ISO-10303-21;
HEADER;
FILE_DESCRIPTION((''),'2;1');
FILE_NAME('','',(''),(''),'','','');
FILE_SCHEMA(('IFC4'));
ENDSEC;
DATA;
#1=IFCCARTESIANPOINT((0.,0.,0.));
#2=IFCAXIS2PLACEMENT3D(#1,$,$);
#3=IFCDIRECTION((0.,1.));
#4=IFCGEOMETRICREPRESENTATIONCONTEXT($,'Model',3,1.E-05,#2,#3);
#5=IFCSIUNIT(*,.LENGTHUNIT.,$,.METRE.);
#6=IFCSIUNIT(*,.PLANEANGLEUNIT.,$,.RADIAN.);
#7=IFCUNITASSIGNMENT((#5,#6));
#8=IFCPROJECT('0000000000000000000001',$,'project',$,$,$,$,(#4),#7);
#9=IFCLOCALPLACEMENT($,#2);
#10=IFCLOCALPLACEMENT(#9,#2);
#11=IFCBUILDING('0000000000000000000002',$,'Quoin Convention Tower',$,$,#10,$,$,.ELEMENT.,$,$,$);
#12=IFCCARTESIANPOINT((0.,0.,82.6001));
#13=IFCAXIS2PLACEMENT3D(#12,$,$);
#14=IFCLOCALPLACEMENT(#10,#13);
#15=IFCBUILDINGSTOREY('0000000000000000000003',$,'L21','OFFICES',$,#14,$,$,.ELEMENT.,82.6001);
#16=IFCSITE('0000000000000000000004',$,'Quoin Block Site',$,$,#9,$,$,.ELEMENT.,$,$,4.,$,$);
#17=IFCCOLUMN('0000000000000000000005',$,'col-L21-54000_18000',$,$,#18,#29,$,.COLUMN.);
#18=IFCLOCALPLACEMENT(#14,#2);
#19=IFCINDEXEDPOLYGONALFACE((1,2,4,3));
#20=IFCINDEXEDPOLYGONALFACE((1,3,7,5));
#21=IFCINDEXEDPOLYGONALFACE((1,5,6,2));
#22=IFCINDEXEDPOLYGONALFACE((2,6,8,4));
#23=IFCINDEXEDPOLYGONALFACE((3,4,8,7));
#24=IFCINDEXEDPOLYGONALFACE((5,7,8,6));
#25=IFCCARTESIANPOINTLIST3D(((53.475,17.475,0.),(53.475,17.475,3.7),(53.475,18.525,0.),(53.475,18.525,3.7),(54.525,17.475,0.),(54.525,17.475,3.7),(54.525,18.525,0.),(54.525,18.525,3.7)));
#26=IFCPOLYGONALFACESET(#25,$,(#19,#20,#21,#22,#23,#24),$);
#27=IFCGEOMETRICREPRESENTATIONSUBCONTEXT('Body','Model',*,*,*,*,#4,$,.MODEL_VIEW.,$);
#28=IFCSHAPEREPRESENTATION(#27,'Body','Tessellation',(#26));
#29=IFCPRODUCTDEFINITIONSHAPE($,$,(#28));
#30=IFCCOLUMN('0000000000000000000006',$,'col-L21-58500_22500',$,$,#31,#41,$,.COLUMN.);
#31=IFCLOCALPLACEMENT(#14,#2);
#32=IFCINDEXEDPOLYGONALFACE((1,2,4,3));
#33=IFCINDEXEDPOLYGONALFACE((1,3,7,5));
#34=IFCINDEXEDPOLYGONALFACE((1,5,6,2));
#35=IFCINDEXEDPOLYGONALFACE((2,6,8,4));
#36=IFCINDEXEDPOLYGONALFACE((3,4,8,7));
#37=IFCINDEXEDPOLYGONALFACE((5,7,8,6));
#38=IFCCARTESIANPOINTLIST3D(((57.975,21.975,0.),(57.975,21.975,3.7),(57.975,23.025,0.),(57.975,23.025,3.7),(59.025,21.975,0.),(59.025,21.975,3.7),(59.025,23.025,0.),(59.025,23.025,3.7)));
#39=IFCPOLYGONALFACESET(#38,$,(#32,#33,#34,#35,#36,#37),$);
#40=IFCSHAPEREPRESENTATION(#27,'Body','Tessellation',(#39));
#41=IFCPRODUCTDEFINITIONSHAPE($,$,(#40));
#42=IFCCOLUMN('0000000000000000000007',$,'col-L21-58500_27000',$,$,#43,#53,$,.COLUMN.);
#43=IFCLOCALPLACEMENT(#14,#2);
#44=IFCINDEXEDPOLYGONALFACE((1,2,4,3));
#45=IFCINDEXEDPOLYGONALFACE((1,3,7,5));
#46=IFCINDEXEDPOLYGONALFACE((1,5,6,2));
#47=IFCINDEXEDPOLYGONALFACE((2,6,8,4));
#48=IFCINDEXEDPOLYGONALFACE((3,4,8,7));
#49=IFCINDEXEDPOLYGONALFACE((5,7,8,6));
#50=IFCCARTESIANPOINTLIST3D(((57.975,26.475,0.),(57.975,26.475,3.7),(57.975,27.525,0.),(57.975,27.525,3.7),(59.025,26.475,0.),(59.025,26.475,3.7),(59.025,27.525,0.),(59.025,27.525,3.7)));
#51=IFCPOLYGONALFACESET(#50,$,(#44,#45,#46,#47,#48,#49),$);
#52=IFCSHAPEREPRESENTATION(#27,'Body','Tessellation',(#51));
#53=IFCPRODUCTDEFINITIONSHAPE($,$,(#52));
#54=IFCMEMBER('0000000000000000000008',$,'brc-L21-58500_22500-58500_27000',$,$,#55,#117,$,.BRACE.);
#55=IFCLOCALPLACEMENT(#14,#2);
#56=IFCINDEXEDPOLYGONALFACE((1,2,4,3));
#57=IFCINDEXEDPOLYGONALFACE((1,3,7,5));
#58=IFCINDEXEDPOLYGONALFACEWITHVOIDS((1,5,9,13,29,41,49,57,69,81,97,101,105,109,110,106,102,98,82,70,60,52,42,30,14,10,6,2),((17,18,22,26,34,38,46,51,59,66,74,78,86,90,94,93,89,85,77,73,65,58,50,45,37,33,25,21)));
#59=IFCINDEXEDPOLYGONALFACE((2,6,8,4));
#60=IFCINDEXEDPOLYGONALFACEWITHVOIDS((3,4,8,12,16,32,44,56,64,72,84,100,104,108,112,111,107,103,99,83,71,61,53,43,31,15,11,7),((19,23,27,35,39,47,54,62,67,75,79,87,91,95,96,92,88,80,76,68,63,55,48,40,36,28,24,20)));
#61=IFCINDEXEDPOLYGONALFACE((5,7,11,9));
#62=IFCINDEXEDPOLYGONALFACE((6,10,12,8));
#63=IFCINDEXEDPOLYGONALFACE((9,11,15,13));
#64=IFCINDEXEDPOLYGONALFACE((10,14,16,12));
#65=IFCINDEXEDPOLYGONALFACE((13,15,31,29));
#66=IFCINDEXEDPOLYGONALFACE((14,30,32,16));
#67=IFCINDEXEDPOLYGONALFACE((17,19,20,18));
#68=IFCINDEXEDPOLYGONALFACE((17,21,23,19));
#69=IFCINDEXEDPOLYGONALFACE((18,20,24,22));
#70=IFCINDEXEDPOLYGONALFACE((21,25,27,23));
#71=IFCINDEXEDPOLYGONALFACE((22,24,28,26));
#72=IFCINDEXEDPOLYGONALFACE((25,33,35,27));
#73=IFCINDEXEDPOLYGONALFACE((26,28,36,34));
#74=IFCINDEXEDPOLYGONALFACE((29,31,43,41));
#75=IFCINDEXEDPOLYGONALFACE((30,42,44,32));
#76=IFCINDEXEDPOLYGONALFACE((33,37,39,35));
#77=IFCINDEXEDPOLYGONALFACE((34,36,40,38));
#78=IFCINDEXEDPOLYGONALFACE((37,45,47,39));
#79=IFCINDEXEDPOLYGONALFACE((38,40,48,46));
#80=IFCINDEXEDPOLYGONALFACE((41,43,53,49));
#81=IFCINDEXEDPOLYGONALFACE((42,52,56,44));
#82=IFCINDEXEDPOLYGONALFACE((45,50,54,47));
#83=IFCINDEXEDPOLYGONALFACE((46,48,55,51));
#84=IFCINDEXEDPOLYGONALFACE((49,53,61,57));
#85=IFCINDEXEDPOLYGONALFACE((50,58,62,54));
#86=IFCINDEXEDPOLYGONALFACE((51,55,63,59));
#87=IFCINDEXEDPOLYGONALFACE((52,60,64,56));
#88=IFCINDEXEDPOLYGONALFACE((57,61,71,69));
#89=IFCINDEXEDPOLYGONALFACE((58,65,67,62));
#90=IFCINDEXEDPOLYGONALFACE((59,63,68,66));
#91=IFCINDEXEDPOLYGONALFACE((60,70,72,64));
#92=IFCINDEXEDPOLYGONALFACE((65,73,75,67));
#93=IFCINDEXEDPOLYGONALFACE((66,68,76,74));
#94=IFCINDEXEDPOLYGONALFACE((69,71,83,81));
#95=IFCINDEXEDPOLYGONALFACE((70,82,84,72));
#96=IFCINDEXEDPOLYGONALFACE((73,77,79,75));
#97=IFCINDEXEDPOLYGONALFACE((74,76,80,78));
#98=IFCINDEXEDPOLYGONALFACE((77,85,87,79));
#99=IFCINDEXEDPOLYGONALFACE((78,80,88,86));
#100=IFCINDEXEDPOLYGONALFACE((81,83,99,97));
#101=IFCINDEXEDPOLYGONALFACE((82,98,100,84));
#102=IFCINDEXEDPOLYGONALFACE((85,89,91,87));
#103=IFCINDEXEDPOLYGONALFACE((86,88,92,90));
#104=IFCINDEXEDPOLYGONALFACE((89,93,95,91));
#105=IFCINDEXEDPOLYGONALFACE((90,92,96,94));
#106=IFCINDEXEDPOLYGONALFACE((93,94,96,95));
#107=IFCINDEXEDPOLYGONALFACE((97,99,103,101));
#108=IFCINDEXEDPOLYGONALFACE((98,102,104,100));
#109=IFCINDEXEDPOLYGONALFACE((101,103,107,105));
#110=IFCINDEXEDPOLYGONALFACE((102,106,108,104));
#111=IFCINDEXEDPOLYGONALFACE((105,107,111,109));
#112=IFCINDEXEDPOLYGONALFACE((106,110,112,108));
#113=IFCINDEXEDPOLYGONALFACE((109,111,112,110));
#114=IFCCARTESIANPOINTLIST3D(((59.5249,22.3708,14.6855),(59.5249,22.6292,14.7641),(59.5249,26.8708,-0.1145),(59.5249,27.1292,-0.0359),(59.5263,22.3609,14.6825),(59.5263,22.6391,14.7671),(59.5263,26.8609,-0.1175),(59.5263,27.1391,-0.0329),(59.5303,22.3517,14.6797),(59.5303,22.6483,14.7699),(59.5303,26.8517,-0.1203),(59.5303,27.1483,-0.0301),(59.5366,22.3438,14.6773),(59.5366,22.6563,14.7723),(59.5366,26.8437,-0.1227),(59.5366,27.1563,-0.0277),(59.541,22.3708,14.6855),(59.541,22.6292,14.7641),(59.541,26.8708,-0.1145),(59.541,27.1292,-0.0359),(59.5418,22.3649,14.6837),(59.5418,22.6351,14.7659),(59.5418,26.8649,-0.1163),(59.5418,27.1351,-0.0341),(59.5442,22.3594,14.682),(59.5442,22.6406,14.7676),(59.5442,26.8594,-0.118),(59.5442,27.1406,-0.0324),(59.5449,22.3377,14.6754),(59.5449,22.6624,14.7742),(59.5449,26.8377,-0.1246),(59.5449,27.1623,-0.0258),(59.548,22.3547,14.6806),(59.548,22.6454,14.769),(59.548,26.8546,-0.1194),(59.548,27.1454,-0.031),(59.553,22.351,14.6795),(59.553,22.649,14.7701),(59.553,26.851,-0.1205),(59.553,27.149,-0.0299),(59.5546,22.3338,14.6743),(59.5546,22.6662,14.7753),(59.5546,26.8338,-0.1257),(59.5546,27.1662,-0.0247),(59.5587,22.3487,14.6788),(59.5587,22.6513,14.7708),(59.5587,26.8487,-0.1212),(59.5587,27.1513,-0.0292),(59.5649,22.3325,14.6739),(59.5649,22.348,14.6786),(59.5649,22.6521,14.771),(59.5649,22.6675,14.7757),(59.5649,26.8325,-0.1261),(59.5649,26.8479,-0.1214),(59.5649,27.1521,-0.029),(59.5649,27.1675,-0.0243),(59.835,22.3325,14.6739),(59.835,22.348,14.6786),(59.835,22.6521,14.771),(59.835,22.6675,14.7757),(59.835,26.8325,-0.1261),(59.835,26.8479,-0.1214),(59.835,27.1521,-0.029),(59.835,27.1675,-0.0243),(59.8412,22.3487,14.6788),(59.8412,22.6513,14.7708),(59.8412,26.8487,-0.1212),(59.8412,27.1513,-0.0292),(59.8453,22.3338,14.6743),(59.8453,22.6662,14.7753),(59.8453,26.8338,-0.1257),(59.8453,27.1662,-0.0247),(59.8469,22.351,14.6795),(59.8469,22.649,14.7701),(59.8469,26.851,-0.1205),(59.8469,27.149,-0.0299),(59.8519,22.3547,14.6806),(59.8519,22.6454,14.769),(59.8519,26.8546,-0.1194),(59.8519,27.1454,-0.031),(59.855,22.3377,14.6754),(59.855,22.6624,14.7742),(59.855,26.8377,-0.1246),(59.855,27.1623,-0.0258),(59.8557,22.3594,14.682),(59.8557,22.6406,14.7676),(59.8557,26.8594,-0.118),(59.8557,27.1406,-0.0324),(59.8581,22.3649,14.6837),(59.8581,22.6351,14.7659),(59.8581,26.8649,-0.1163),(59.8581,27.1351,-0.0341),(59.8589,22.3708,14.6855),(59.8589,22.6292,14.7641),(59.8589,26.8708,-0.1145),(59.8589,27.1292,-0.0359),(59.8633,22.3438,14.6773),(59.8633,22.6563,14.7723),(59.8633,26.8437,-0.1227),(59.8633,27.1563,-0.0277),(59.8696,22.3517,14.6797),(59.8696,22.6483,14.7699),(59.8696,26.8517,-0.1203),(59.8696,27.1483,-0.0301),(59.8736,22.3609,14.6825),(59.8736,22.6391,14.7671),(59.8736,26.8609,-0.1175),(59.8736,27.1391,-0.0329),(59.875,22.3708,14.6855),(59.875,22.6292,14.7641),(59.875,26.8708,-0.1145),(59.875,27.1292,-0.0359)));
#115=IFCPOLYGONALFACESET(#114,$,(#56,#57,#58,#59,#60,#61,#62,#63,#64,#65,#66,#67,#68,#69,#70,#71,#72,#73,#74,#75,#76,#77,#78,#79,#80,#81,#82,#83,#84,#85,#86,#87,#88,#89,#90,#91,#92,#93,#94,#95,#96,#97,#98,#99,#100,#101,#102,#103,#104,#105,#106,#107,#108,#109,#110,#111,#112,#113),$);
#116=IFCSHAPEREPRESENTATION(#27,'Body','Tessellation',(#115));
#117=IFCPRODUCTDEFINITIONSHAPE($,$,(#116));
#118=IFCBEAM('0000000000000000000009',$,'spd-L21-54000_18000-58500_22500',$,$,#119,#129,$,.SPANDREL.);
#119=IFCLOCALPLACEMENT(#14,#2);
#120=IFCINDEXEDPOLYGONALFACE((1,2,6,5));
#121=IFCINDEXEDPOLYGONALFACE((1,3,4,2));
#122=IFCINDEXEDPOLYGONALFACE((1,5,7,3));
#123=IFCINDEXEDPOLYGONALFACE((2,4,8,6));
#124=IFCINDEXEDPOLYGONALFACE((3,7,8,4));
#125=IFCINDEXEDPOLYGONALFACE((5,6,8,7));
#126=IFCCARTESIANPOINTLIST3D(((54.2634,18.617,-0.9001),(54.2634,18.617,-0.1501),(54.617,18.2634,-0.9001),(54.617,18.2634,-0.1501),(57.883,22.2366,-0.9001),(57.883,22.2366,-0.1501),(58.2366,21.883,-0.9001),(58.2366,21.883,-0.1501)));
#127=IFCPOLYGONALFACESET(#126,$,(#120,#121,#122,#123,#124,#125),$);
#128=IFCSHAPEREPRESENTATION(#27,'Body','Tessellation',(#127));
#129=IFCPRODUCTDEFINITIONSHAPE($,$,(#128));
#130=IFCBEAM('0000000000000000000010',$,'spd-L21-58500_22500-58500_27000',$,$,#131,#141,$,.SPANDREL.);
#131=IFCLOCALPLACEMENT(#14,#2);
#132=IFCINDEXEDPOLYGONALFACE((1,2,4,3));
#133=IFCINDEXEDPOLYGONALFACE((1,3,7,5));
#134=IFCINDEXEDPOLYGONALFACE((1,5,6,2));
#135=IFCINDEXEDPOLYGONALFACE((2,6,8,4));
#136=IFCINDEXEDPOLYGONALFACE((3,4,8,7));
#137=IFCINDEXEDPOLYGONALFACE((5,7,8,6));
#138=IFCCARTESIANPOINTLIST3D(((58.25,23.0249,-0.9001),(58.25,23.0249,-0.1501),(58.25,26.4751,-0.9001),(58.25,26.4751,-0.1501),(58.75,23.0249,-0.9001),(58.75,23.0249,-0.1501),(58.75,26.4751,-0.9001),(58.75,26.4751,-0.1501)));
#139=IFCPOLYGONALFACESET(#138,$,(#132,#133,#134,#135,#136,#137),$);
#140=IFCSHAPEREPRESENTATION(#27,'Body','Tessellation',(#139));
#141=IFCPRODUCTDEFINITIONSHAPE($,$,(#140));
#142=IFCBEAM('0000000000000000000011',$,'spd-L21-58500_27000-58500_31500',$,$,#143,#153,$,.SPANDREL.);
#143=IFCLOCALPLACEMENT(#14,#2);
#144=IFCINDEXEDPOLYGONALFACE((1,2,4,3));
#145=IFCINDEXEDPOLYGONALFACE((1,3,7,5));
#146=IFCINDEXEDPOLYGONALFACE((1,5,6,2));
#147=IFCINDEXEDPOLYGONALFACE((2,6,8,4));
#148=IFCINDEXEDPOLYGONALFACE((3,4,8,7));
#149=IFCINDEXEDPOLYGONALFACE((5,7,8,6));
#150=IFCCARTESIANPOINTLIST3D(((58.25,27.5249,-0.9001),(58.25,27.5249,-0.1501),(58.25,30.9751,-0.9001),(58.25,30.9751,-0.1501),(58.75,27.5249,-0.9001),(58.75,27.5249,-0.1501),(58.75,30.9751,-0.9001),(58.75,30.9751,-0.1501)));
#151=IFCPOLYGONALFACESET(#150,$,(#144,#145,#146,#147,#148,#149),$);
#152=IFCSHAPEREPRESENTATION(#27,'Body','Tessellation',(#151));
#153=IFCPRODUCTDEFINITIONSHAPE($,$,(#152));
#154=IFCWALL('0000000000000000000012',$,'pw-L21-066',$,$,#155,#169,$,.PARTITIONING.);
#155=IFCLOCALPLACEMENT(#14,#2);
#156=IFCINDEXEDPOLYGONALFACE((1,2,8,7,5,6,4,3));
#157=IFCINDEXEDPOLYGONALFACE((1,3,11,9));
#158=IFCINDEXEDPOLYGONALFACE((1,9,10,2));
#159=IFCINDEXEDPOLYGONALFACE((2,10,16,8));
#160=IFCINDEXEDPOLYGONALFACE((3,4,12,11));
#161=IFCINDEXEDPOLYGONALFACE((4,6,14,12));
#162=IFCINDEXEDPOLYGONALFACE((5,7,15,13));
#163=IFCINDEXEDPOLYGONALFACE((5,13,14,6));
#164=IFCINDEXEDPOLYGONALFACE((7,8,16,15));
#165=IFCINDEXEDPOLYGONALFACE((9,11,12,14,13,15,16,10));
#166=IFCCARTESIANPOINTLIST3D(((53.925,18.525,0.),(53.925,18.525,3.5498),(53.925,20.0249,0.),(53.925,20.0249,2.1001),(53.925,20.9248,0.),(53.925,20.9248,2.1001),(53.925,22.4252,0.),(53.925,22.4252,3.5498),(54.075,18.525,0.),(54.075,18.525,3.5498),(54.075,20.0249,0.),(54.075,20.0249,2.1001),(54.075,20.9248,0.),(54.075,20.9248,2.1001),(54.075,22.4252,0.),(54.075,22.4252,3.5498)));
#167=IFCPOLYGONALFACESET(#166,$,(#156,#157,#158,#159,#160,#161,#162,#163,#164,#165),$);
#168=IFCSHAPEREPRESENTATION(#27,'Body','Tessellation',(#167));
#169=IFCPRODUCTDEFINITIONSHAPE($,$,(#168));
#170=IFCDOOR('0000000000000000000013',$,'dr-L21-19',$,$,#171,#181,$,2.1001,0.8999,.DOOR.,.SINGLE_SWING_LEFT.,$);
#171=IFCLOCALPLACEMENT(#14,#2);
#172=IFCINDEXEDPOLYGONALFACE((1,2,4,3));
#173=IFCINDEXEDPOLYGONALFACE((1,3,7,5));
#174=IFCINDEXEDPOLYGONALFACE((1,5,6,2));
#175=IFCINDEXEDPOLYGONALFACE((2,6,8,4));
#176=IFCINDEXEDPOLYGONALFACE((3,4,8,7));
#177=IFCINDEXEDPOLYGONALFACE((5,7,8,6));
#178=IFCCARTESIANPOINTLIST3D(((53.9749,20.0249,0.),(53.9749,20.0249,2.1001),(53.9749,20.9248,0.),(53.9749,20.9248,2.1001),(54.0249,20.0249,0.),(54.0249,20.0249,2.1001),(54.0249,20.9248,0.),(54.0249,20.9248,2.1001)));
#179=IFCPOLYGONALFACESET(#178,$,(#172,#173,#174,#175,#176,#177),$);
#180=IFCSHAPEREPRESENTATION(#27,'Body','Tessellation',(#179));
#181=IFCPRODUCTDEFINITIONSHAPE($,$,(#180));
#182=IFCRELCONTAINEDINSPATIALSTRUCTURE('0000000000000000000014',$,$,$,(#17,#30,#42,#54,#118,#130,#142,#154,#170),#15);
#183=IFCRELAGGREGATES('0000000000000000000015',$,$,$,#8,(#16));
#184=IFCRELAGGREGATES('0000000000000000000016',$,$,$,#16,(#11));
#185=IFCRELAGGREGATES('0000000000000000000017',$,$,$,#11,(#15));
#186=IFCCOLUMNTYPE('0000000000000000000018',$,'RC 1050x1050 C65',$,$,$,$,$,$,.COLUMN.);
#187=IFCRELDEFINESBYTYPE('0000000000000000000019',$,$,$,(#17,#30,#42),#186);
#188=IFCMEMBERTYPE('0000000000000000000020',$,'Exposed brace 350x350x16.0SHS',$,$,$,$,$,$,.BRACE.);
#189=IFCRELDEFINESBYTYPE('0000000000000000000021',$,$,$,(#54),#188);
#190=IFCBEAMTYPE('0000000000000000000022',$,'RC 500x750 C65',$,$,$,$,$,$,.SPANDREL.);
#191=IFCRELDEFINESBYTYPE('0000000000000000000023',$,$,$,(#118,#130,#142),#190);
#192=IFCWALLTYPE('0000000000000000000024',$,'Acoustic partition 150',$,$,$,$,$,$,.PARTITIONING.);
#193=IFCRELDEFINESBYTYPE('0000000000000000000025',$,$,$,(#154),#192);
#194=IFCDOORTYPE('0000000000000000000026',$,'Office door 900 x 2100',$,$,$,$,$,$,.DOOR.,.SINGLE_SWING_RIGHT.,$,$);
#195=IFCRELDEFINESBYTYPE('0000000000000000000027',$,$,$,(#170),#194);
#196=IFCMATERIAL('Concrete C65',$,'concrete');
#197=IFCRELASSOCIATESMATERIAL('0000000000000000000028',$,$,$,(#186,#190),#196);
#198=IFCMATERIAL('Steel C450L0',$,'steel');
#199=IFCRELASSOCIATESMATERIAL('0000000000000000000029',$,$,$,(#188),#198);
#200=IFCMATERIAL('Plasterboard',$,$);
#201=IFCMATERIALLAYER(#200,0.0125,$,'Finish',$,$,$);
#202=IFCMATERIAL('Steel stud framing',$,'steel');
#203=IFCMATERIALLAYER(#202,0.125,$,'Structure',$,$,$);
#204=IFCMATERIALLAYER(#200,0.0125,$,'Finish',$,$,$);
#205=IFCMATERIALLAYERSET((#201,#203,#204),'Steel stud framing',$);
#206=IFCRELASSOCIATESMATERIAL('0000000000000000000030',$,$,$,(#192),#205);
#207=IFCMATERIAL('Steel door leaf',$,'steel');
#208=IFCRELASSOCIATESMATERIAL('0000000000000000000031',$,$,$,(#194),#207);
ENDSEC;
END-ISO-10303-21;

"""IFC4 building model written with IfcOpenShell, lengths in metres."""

from ifc_helpers import new_model, si_unit, direction, frame, frame_2d, origin, origin_2d, place, context, subcontext, project, spatial, rectangle, hollow_rectangle, extrude, material, layer, layer_set, material_profile, profile_set, type_object, element, fill, save


model = new_model("IFC4")

# Units and contexts
model_context = context("Model", 3, precision=1e-05, world=origin(), true_north=direction((0.0, 1.0)))
body_context = subcontext(model_context, "Body", "Model", "MODEL_VIEW")
ifc_project = project(units=[si_unit("LENGTHUNIT", "METRE"), si_unit("PLANEANGLEUNIT", "RADIAN")], contexts=[model_context])

# Site, building, storey
site_placement = place(None, origin())
site = spatial("IfcSite", under=ifc_project, at=site_placement, Name="Quoin Block Site", CompositionType="ELEMENT", RefElevation=4.0)
building_placement = place(site_placement, origin())
building = spatial("IfcBuilding", under=site, at=building_placement, Name="Quoin Convention Tower", CompositionType="ELEMENT")
storey_placement = place(building_placement, frame((0.0, 0.0, 82.6001)))
storey = spatial("IfcBuildingStorey", under=building, at=storey_placement, Name="L21", Description="OFFICES", CompositionType="ELEMENT", Elevation=82.6001)

# Columns
ifc_material_1 = material(Name="Concrete C65", Category="concrete")
ifc_material_profile_1 = material_profile(ifc_material_1, rectangle(XDim=1.05, YDim=1.05, at=origin_2d()), Name="RC 1050x1050")
ifc_profile_set_1 = profile_set([ifc_material_profile_1], Name="Concrete C65")
column_type = type_object("IfcColumnType", Name="RC 1050x1050 C65", PredefinedType="COLUMN", material=ifc_profile_set_1)
for number, where, z_axis, x_axis, name in (
    (1, (54.0, 18.0, 0.0), (0.0, 0.0, 1.0), (1.0, 0.0, 0.0), "col-L21-54000_18000"),
    (2, (58.5, 22.5, 0.0), (0.0, 0.0, 1.0), (1.0, 0.0, 0.0), "col-L21-58500_22500"),
    (3, (58.5, 27.0, 0.0), (0.0, 0.0, 1.0), (1.0, 0.0, 0.0), "col-L21-58500_27000"),
):
    element("IfcColumn", number, at=place(storey_placement, frame(where, z_axis=z_axis, x_axis=x_axis)), inside=storey, type_object=column_type, Name=name, PredefinedType="COLUMN", context=body_context, shape_type="SweptSolid", body=[
        extrude(rectangle(XDim=1.05, YDim=1.05, at=origin_2d()), origin(), (0.0, 0.0, 1.0), 3.7),
    ])

# Member
ifc_material_2 = material(Name="Steel C450L0", Category="steel")
ifc_material_profile_2 = material_profile(ifc_material_2, hollow_rectangle(XDim=0.3501, YDim=0.3501, WallThickness=0.0161, InnerFilletRadius=0.0239, OuterFilletRadius=0.04, at=origin_2d()), Name="350x350x16.0SHS")
ifc_profile_set_2 = profile_set([ifc_material_profile_2], Name="Steel C450L0")
member_type = type_object("IfcMemberType", Name="Exposed brace 350x350x16.0SHS", PredefinedType="BRACE", material=ifc_profile_set_2)
member_placement = place(storey_placement, frame((59.7, 27.0, -0.0752), z_axis=(0.0, -0.290903, 0.956752), x_axis=(1.0, 0.0, 0.0)))
element("IfcMember", 4, at=member_placement, inside=storey, type_object=member_type, Name="brc-L21-58500_22500-58500_27000", PredefinedType="BRACE", context=body_context, shape_type="SweptSolid", body=[
    extrude(hollow_rectangle(XDim=0.3501, YDim=0.3501, WallThickness=0.0161, InnerFilletRadius=0.0239, OuterFilletRadius=0.04, at=origin_2d()), origin(), (0.0, 0.0, 1.0), 15.469),
])

# Beams
ifc_material_profile_3 = material_profile(ifc_material_1, rectangle(XDim=0.5, YDim=0.75, at=origin_2d()), Name="RC 500x750")
ifc_profile_set_3 = profile_set([ifc_material_profile_3], Name="Concrete C65")
beam_type = type_object("IfcBeamType", Name="RC 500x750 C65", PredefinedType="SPANDREL", material=ifc_profile_set_3)
beam_placement = place(storey_placement, frame((54.4402, 18.4402, -0.5251), z_axis=(0.707107, 0.707107, 0.0), x_axis=(-0.707107, 0.707107, 0.0)))
element("IfcBeam", 5, at=beam_placement, inside=storey, type_object=beam_type, Name="spd-L21-54000_18000-58500_22500", PredefinedType="SPANDREL", context=body_context, shape_type="SweptSolid", body=[
    extrude(rectangle(XDim=0.5, YDim=0.75, at=origin_2d()), origin(), (0.0, 0.0, 1.0), 5.1189),
])
for number, where, z_axis, x_axis, name in (
    (6, (58.5, 23.0249, -0.5251), (0.0, 1.0, 0.0), (-1.0, 0.0, 0.0), "spd-L21-58500_22500-58500_27000"),
    (7, (58.5, 27.5249, -0.5251), (0.0, 1.0, 0.0), (-1.0, 0.0, 0.0), "spd-L21-58500_27000-58500_31500"),
):
    element("IfcBeam", number, at=place(storey_placement, frame(where, z_axis=z_axis, x_axis=x_axis)), inside=storey, type_object=beam_type, Name=name, PredefinedType="SPANDREL", context=body_context, shape_type="SweptSolid", body=[
        extrude(rectangle(XDim=0.5, YDim=0.75, at=origin_2d()), origin(), (0.0, 0.0, 1.0), 3.4502),
    ])

# Wall, opening, door
ifc_material_3 = material(Name="Plasterboard")
ifc_layer_1 = layer(ifc_material_3, 0.0125, Name="Finish")
ifc_material_4 = material(Name="Steel stud framing", Category="steel")
ifc_layer_2 = layer(ifc_material_4, 0.125, Name="Structure")
ifc_layer_3 = layer(ifc_material_3, 0.0125, Name="Finish")
ifc_layer_set_1 = layer_set([ifc_layer_1, ifc_layer_2, ifc_layer_3], Name="Steel stud framing")
wall_type_1 = type_object("IfcWallType", Name="Acoustic partition 150", PredefinedType="PARTITIONING", material=ifc_layer_set_1)
wall_1_placement = place(storey_placement, frame((54.0, 18.5249, 0.0), z_axis=(0.0, 0.0, 1.0), x_axis=(0.0, 1.0, 0.0)))
wall_1 = element("IfcWall", 8, at=wall_1_placement, inside=storey, type_object=wall_type_1, Name="pw-L21-066", PredefinedType="PARTITIONING", context=body_context, shape_type="SweptSolid", body=[
    extrude(rectangle(XDim=3.9001, YDim=0.1499, at=frame_2d((1.9502, 0.0))), origin(), (0.0, 0.0, 1.0), 3.5498),
])
opening_1_placement = place(wall_1_placement, frame((1.5, 0.0, 0.0)))
opening_1 = element("IfcOpeningElement", 9, at=opening_1_placement, cuts=wall_1, PredefinedType="OPENING", context=body_context, shape_type="SweptSolid", body=[
    extrude(rectangle(XDim=0.8999, YDim=2.1001, at=frame_2d((0.45, 1.05))), frame((0.0, 0.085, 0.0), z_axis=(0.0, -1.0, 0.0), x_axis=(1.0, 0.0, 0.0)), (0.0, 0.0, 1.0), 0.1699),
])
ifc_material_5 = material(Name="Steel door leaf", Category="steel")
door_type_1 = type_object("IfcDoorType", Name="Office door 900 x 2100", OperationType="SINGLE_SWING_RIGHT", PredefinedType="DOOR", material=ifc_material_5)
door_1_placement = place(opening_1_placement, frame((0.8999, 0.0, 0.0), z_axis=(0.0, 0.0, 1.0), x_axis=(-1.0, 0.0, 0.0)))
door_1 = element("IfcDoor", 10, at=door_1_placement, inside=storey, type_object=door_type_1, Name="dr-L21-19", OperationType="SINGLE_SWING_LEFT", OverallHeight=2.1001, OverallWidth=0.8999, PredefinedType="DOOR", context=body_context, shape_type="SweptSolid", body=[
    extrude(rectangle(XDim=0.8999, YDim=2.1001, at=frame_2d((0.45, 1.05))), frame((0.0, 0.0249, 0.0), z_axis=(0.0, -1.0, 0.0), x_axis=(1.0, 0.0, 0.0)), (0.0, 0.0, 1.0), 0.05),
])
fill(opening_1, door_1)

save(model, "model.ifc")
